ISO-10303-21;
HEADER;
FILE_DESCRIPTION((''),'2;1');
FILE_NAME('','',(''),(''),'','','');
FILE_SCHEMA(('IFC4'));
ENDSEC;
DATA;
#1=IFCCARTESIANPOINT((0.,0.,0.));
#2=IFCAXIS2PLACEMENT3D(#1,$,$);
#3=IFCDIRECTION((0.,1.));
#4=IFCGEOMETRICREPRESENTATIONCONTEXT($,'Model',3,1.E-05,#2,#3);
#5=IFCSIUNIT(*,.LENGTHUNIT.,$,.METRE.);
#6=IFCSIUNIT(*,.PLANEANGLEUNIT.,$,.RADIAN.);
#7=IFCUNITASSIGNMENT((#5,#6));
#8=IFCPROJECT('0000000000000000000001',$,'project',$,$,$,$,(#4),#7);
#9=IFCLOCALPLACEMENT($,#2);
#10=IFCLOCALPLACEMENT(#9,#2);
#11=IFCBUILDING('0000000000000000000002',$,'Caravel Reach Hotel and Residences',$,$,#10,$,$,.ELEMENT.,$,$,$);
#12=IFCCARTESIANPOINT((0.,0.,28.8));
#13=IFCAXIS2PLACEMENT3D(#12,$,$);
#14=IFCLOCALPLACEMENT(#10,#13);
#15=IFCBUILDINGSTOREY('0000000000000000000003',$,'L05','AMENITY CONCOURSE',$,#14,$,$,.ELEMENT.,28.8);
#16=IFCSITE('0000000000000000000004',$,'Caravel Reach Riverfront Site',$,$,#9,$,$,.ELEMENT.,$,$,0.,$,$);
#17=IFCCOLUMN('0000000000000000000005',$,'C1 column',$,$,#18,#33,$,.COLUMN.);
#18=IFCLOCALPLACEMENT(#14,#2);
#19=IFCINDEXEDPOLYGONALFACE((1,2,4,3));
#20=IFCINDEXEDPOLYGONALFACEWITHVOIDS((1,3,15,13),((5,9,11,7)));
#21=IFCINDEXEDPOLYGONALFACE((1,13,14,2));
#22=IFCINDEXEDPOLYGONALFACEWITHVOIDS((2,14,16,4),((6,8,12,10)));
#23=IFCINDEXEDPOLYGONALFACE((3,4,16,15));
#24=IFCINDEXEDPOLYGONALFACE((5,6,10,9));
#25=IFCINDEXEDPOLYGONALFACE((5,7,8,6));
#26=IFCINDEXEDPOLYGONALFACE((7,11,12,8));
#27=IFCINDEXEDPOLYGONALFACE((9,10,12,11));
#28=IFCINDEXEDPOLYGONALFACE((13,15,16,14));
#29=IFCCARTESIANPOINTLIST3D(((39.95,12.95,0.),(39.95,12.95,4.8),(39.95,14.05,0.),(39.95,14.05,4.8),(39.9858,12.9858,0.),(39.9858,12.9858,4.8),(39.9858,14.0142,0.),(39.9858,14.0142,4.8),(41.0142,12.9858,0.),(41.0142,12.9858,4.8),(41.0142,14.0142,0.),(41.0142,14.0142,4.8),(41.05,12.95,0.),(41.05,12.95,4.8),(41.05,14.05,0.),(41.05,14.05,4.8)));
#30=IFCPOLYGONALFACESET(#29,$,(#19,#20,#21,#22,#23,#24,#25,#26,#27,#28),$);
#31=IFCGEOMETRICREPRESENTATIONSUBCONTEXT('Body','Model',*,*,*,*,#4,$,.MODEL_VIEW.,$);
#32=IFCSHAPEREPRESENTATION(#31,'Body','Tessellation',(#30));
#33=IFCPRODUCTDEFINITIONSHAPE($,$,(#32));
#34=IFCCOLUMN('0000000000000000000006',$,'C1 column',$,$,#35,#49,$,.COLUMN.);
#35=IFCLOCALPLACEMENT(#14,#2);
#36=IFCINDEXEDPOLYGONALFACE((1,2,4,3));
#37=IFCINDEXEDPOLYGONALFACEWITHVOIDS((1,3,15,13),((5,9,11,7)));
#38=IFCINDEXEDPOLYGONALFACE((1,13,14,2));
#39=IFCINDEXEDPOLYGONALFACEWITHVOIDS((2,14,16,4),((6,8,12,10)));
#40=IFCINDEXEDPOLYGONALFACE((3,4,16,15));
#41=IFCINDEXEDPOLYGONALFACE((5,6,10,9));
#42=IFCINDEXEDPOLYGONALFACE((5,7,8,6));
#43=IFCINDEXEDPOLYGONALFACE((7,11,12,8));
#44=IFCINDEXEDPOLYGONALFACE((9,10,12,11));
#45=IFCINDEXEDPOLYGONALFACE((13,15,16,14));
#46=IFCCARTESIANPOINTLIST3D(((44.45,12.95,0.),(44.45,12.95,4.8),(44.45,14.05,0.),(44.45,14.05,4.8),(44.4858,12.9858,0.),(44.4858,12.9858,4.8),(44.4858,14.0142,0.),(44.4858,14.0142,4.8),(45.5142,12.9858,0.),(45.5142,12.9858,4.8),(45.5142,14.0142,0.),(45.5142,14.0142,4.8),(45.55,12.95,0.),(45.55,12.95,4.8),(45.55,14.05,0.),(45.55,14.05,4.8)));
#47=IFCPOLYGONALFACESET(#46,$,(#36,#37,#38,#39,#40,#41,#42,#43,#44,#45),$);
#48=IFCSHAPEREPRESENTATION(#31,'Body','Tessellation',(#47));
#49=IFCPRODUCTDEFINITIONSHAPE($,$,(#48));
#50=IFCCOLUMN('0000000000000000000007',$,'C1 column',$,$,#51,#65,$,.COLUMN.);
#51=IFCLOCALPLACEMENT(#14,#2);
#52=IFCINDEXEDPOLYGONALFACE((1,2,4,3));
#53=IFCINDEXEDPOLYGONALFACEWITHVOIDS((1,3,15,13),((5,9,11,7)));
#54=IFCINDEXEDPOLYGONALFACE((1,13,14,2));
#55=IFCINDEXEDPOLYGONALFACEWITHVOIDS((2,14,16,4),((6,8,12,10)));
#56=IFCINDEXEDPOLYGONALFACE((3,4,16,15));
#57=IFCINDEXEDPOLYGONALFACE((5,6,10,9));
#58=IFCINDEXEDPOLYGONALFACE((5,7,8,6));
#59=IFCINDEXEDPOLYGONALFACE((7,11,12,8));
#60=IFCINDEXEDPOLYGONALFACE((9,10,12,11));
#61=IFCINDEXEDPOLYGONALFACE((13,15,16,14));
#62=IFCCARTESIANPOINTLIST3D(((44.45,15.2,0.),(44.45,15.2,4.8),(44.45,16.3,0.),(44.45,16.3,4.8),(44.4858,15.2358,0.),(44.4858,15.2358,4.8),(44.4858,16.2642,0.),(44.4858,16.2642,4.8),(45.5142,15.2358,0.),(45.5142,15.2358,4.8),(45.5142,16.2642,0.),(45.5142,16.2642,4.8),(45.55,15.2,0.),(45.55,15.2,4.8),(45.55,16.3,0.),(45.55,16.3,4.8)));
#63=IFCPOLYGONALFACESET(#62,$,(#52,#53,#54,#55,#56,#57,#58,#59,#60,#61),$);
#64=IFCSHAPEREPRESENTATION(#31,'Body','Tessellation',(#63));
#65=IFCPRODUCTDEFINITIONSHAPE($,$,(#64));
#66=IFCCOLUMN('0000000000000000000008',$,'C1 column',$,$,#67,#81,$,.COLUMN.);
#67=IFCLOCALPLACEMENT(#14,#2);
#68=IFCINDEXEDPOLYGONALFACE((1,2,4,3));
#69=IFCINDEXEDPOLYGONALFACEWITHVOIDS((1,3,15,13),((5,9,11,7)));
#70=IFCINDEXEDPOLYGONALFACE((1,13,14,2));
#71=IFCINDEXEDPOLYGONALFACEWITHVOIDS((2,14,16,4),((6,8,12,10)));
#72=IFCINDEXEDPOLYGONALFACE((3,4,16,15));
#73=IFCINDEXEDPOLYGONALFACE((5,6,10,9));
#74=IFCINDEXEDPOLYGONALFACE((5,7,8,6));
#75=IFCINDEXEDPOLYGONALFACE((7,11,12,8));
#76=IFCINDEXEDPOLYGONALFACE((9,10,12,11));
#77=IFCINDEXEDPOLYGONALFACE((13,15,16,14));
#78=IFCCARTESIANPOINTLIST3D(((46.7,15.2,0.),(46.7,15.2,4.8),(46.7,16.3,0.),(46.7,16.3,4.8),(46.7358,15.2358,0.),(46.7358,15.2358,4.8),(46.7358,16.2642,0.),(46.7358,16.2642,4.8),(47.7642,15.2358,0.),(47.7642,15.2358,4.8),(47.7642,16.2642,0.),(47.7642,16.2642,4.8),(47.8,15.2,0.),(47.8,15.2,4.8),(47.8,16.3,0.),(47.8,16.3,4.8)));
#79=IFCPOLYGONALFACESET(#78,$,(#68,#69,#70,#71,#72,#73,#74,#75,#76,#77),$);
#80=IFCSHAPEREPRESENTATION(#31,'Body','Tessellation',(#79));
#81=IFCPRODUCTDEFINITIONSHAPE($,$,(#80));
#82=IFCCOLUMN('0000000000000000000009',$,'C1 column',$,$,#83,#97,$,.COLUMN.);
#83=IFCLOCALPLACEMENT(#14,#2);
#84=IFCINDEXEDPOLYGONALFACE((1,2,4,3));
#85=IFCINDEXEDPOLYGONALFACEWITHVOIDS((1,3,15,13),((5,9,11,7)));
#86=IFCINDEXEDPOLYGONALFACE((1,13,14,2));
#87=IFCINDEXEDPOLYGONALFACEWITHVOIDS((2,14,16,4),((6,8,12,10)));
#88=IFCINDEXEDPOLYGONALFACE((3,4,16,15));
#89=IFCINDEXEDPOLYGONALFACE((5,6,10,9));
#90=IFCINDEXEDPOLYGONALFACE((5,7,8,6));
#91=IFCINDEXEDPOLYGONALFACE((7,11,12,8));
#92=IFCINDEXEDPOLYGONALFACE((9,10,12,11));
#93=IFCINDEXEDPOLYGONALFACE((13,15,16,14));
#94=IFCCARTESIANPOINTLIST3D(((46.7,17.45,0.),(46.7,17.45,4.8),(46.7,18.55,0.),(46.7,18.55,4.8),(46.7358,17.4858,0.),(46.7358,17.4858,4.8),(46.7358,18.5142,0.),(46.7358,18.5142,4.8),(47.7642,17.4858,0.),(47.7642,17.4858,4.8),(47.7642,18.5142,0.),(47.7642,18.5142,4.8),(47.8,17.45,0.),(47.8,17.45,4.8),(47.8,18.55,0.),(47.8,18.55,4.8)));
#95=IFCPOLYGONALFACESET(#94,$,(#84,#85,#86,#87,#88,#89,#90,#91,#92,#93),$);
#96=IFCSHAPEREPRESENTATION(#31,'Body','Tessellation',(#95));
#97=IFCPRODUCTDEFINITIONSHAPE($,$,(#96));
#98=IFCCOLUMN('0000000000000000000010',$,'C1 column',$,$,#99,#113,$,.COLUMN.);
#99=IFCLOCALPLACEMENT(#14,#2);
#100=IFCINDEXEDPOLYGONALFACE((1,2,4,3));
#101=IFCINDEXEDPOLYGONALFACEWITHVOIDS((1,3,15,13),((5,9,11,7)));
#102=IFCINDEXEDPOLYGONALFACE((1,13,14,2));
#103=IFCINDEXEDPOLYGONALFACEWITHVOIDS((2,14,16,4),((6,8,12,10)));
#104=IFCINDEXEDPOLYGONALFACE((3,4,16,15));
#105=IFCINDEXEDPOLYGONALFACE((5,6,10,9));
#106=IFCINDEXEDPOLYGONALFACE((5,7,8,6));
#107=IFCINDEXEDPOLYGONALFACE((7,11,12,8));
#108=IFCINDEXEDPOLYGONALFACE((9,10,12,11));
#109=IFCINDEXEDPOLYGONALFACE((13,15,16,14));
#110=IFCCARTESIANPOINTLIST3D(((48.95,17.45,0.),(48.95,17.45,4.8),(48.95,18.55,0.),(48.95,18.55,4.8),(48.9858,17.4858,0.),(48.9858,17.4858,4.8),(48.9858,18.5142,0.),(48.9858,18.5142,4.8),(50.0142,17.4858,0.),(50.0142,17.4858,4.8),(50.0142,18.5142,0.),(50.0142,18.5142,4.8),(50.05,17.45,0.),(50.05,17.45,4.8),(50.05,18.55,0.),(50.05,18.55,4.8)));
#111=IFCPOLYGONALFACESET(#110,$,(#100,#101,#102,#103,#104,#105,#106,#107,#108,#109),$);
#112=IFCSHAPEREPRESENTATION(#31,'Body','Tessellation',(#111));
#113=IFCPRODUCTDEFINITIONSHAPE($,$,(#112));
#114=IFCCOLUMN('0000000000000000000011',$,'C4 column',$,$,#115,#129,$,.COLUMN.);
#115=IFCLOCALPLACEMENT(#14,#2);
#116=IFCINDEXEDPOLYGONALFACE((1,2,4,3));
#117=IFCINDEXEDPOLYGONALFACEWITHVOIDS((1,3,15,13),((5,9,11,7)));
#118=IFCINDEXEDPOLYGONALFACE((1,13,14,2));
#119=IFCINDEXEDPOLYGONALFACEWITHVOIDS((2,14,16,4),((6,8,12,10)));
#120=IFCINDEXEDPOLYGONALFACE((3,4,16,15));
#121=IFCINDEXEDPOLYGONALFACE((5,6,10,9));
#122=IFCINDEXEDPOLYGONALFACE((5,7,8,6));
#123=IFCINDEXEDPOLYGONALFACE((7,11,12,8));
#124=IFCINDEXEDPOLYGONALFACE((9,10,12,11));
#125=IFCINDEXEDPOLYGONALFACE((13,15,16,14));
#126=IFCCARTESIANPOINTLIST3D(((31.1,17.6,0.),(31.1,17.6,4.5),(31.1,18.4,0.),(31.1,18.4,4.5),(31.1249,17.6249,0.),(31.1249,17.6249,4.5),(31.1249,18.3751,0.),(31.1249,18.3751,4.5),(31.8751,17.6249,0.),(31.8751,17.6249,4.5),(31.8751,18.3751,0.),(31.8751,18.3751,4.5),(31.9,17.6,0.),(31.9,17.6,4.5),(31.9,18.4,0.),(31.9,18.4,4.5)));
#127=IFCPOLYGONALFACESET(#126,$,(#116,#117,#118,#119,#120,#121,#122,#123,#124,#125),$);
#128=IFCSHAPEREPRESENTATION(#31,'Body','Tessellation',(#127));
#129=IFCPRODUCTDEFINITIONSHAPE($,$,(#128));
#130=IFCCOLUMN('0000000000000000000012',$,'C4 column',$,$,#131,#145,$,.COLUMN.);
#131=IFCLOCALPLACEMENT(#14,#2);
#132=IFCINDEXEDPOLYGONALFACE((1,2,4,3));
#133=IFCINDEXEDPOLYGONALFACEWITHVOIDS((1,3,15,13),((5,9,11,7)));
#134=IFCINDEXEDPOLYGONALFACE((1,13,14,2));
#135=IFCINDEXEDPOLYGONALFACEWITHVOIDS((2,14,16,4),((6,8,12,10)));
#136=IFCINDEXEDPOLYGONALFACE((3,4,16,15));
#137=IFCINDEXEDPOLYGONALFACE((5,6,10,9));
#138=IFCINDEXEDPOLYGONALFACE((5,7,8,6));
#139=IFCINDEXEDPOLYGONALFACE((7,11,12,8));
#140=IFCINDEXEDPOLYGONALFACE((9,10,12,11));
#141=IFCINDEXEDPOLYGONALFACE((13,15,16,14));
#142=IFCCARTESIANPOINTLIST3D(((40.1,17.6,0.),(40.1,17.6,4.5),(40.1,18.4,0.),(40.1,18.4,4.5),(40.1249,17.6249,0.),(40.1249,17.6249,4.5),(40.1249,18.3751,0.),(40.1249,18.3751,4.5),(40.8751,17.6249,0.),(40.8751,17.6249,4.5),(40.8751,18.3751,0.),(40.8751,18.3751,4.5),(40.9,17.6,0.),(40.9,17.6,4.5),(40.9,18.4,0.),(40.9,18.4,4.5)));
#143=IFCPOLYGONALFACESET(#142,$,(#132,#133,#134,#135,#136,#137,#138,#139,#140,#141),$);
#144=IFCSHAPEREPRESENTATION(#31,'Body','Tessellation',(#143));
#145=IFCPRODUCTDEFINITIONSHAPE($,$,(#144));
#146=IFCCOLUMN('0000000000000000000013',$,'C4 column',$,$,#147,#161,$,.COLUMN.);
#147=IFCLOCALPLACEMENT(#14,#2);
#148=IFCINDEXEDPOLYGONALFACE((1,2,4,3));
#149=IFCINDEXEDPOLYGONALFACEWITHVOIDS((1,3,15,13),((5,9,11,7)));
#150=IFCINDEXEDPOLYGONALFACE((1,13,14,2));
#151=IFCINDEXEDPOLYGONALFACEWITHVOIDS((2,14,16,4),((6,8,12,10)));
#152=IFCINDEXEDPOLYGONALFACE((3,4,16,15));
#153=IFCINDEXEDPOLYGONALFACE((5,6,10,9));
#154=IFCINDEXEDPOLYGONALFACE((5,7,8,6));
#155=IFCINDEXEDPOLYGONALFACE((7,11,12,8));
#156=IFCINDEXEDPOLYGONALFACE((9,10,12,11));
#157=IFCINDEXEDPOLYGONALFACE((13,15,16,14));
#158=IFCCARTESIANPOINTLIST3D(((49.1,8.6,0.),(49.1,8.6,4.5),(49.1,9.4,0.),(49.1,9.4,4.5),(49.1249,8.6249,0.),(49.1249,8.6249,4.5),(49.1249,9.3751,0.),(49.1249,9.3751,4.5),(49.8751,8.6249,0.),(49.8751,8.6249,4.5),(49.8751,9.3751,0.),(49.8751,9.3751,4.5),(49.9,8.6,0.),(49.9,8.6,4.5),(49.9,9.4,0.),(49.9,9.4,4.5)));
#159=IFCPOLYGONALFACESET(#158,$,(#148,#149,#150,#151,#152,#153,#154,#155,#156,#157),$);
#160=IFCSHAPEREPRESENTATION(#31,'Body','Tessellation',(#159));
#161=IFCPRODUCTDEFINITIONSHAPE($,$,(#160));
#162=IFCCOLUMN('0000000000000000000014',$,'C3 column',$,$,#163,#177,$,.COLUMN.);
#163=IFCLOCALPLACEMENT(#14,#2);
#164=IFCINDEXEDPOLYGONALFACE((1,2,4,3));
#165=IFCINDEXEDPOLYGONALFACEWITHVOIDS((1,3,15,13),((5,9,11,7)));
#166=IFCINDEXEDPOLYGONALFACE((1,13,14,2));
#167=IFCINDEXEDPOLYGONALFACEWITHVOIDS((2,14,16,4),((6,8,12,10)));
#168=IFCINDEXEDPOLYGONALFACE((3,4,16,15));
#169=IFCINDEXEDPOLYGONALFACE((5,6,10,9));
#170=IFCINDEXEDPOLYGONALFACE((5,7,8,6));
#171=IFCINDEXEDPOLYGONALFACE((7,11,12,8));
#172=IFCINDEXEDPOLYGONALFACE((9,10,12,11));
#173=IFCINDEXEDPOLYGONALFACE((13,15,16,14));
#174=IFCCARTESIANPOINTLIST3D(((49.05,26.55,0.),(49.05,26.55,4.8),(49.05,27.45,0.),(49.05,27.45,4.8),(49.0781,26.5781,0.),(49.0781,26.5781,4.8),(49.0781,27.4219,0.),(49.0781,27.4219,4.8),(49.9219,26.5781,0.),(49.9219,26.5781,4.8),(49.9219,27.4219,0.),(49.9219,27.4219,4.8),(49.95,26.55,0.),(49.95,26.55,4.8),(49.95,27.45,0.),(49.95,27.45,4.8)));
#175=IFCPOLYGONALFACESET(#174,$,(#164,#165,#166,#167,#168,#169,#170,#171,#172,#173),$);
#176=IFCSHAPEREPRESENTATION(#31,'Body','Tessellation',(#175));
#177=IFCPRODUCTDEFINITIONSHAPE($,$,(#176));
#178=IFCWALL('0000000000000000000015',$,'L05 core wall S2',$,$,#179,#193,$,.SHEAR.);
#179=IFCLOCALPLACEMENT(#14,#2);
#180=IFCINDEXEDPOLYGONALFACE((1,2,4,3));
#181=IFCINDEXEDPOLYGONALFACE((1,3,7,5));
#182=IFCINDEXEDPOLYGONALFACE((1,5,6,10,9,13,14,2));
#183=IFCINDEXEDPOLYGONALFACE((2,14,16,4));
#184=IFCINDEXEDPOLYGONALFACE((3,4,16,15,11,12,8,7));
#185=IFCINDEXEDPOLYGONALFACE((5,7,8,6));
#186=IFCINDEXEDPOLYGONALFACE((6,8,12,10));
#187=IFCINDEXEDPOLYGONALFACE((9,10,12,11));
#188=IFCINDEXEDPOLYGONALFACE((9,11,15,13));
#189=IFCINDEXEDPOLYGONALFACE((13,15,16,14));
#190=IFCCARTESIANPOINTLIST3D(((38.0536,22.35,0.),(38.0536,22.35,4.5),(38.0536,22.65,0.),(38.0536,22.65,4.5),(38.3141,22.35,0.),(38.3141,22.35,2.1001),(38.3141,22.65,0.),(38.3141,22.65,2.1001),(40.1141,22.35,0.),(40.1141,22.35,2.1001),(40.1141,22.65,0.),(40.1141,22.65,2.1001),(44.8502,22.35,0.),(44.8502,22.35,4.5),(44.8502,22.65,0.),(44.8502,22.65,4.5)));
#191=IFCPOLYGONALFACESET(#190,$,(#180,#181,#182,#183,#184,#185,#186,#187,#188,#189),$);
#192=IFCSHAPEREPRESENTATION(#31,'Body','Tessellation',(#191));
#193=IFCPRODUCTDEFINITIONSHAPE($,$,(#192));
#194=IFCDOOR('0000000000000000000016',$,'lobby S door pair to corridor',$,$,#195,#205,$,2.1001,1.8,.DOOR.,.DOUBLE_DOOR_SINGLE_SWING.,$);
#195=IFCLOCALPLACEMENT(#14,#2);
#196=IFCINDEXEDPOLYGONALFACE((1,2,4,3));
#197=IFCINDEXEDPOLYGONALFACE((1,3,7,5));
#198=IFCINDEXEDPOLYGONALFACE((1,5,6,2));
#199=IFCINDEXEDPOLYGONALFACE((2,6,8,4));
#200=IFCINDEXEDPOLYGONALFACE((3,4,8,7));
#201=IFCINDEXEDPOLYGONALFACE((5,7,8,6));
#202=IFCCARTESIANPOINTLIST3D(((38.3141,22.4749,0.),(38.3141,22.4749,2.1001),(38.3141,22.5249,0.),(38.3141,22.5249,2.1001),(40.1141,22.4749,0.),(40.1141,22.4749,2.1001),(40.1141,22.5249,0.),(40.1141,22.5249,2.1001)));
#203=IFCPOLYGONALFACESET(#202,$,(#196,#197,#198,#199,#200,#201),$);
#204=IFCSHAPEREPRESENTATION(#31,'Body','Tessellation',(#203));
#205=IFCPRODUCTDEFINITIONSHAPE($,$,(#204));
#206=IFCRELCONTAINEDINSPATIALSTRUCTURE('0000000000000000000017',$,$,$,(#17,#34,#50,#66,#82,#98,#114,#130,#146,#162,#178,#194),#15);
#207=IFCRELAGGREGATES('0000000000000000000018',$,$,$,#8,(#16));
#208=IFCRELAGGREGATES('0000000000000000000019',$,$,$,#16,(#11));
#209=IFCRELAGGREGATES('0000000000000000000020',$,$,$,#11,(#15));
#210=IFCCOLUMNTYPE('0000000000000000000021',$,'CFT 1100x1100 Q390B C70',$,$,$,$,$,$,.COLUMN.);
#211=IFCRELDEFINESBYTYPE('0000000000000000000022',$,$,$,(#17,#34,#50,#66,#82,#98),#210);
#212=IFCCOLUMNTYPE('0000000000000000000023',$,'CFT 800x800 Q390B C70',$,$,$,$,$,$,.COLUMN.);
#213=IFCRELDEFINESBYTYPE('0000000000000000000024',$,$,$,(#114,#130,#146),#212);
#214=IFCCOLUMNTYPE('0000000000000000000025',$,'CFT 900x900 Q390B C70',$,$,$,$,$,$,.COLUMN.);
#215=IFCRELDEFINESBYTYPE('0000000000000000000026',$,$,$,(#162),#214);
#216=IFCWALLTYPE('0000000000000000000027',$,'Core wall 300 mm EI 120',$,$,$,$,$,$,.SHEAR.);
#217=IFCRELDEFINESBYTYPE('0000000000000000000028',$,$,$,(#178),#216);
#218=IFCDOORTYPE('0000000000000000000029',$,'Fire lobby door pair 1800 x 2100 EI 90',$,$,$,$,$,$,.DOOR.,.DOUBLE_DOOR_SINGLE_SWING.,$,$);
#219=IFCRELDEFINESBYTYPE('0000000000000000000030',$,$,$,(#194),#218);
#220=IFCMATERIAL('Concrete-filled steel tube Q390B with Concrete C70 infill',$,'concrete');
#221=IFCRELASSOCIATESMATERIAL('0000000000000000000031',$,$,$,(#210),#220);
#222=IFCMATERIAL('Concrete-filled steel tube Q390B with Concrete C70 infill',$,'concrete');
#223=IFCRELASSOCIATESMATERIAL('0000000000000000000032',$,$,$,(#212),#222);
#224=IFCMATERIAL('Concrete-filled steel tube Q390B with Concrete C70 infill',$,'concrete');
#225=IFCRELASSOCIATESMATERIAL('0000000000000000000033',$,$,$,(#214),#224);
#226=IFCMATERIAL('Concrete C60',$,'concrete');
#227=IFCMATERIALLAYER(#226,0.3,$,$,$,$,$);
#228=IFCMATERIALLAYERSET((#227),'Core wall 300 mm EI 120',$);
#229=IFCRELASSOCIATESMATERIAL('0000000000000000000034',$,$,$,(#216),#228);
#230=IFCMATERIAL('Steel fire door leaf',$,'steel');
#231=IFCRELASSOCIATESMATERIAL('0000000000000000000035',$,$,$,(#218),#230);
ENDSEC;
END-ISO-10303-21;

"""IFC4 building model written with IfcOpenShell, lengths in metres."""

from ifc_helpers import new_model, si_unit, direction, frame, frame_2d, origin, origin_2d, place, context, subcontext, project, spatial, rectangle, hollow_rectangle, extrude, material, layer, layer_set, material_profile, profile_set, type_object, element, fill, save


model = new_model("IFC4")

# Units and contexts
model_context = context("Model", 3, precision=1e-05, world=origin(), true_north=direction((0.0, 1.0)))
body_context = subcontext(model_context, "Body", "Model", "MODEL_VIEW")
ifc_project = project(units=[si_unit("LENGTHUNIT", "METRE"), si_unit("PLANEANGLEUNIT", "RADIAN")], contexts=[model_context])

# Site, building, storey
site_placement = place(None, origin())
site = spatial("IfcSite", under=ifc_project, at=site_placement, Name="Caravel Reach Riverfront Site", CompositionType="ELEMENT", RefElevation=0.0)
building_placement = place(site_placement, origin())
building = spatial("IfcBuilding", under=site, at=building_placement, Name="Caravel Reach Hotel and Residences", CompositionType="ELEMENT")
storey_placement = place(building_placement, frame((0.0, 0.0, 28.8)))
storey = spatial("IfcBuildingStorey", under=building, at=storey_placement, Name="L05", Description="AMENITY CONCOURSE", CompositionType="ELEMENT", Elevation=28.8)

# Columns
ifc_material_1 = material(Name="Concrete-filled steel tube Q390B with Concrete C70 infill", Category="concrete")
ifc_material_profile_1 = material_profile(ifc_material_1, hollow_rectangle(XDim=1.1001, YDim=1.1001, WallThickness=0.0359, at=origin_2d()), Name="RHS 1100x1100x36")
ifc_profile_set_1 = profile_set([ifc_material_profile_1], Name="Concrete-filled steel tube Q390B with Concrete C70 infill")
column_type_1 = type_object("IfcColumnType", Name="CFT 1100x1100 Q390B C70", PredefinedType="COLUMN", material=ifc_profile_set_1)
for number, where, z_axis, x_axis, name in (
    (1, (40.5, 13.5, 0.0), (0.0, 0.0, 1.0), (1.0, 0.0, 0.0), "C1 column"),
    (2, (45.0, 13.5, 0.0), (0.0, 0.0, 1.0), (1.0, 0.0, 0.0), "C1 column"),
    (3, (45.0, 15.75, 0.0), (0.0, 0.0, 1.0), (1.0, 0.0, 0.0), "C1 column"),
    (4, (47.25, 15.75, 0.0), (0.0, 0.0, 1.0), (1.0, 0.0, 0.0), "C1 column"),
    (5, (47.25, 18.0, 0.0), (0.0, 0.0, 1.0), (1.0, 0.0, 0.0), "C1 column"),
    (6, (49.5, 18.0, 0.0), (0.0, 0.0, 1.0), (1.0, 0.0, 0.0), "C1 column"),
):
    element("IfcColumn", number, at=place(storey_placement, frame(where, z_axis=z_axis, x_axis=x_axis)), inside=storey, type_object=column_type_1, Name=name, PredefinedType="COLUMN", context=body_context, shape_type="SweptSolid", body=[
        extrude(hollow_rectangle(XDim=1.1001, YDim=1.1001, WallThickness=0.0359, at=origin_2d()), origin(), (0.0, 0.0, 1.0), 4.8),
    ])
ifc_material_2 = material(Name="Concrete-filled steel tube Q390B with Concrete C70 infill", Category="concrete")
ifc_material_profile_2 = material_profile(ifc_material_2, hollow_rectangle(XDim=0.8, YDim=0.8, WallThickness=0.0249, at=origin_2d()), Name="RHS 800x800x25")
ifc_profile_set_2 = profile_set([ifc_material_profile_2], Name="Concrete-filled steel tube Q390B with Concrete C70 infill")
column_type_2 = type_object("IfcColumnType", Name="CFT 800x800 Q390B C70", PredefinedType="COLUMN", material=ifc_profile_set_2)
for number, where, z_axis, x_axis, name in (
    (7, (31.5, 18.0, 0.0), (0.0, 0.0, 1.0), (1.0, 0.0, 0.0), "C4 column"),
    (8, (40.5, 18.0, 0.0), (0.0, 0.0, 1.0), (1.0, 0.0, 0.0), "C4 column"),
    (9, (49.5, 9.0, 0.0), (0.0, 0.0, 1.0), (1.0, 0.0, 0.0), "C4 column"),
):
    element("IfcColumn", number, at=place(storey_placement, frame(where, z_axis=z_axis, x_axis=x_axis)), inside=storey, type_object=column_type_2, Name=name, PredefinedType="COLUMN", context=body_context, shape_type="SweptSolid", body=[
        extrude(hollow_rectangle(XDim=0.8, YDim=0.8, WallThickness=0.0249, at=origin_2d()), origin(), (0.0, 0.0, 1.0), 4.5),
    ])
ifc_material_3 = material(Name="Concrete-filled steel tube Q390B with Concrete C70 infill", Category="concrete")
ifc_material_profile_3 = material_profile(ifc_material_3, hollow_rectangle(XDim=0.8999, YDim=0.8999, WallThickness=0.0281, at=origin_2d()), Name="RHS 900x900x28")
ifc_profile_set_3 = profile_set([ifc_material_profile_3], Name="Concrete-filled steel tube Q390B with Concrete C70 infill")
column_type_3 = type_object("IfcColumnType", Name="CFT 900x900 Q390B C70", PredefinedType="COLUMN", material=ifc_profile_set_3)
column_placement = place(storey_placement, frame((49.5, 27.0, 0.0), z_axis=(0.0, 0.0, 1.0), x_axis=(1.0, 0.0, 0.0)))
element("IfcColumn", 10, at=column_placement, inside=storey, type_object=column_type_3, Name="C3 column", PredefinedType="COLUMN", context=body_context, shape_type="SweptSolid", body=[
    extrude(hollow_rectangle(XDim=0.8999, YDim=0.8999, WallThickness=0.0281, at=origin_2d()), origin(), (0.0, 0.0, 1.0), 4.8),
])

# Wall, opening, door
ifc_material_4 = material(Name="Concrete C60", Category="concrete")
ifc_layer_1 = layer(ifc_material_4, 0.3)
ifc_layer_set_1 = layer_set([ifc_layer_1], Name="Core wall 300 mm EI 120")
wall_type_1 = type_object("IfcWallType", Name="Core wall 300 mm EI 120", PredefinedType="SHEAR", material=ifc_layer_set_1)
wall_1_placement = place(storey_placement, frame((38.0535, 22.5, 0.0), z_axis=(0.0, 0.0, 1.0), x_axis=(1.0, 0.0, 0.0)))
wall_1 = element("IfcWall", 11, at=wall_1_placement, inside=storey, type_object=wall_type_1, Name="L05 core wall S2", PredefinedType="SHEAR", context=body_context, shape_type="SweptSolid", body=[
    extrude(rectangle(XDim=6.7966, YDim=0.3, at=frame_2d((3.3984, 0.0))), origin(), (0.0, 0.0, 1.0), 4.5),
])
opening_1_placement = place(wall_1_placement, frame((0.2607, 0.0, 0.0)))
opening_1 = element("IfcOpeningElement", 12, at=opening_1_placement, cuts=wall_1, PredefinedType="OPENING", context=body_context, shape_type="SweptSolid", body=[
    extrude(rectangle(XDim=1.8, YDim=2.1001, at=frame_2d((0.8999, 1.05))), frame((0.0, 0.1599, 0.0), z_axis=(0.0, -1.0, 0.0), x_axis=(1.0, 0.0, 0.0)), (0.0, 0.0, 1.0), 0.3201),
])
ifc_material_5 = material(Name="Steel fire door leaf", Category="steel")
door_type_1 = type_object("IfcDoorType", Name="Fire lobby door pair 1800 x 2100 EI 90", OperationType="DOUBLE_DOOR_SINGLE_SWING", PredefinedType="DOOR", material=ifc_material_5)
door_1_placement = place(opening_1_placement, origin())
door_1 = element("IfcDoor", 13, at=door_1_placement, inside=storey, type_object=door_type_1, Name="lobby S door pair to corridor", OperationType="DOUBLE_DOOR_SINGLE_SWING", OverallHeight=2.1001, OverallWidth=1.8, PredefinedType="DOOR", context=body_context, shape_type="SweptSolid", body=[
    extrude(rectangle(XDim=1.8, YDim=2.1001, at=frame_2d((0.8999, 1.05))), frame((0.0, 0.0249, 0.0), z_axis=(0.0, -1.0, 0.0), x_axis=(1.0, 0.0, 0.0)), (0.0, 0.0, 1.0), 0.05),
])
fill(opening_1, door_1)

save(model, "model.ifc")
